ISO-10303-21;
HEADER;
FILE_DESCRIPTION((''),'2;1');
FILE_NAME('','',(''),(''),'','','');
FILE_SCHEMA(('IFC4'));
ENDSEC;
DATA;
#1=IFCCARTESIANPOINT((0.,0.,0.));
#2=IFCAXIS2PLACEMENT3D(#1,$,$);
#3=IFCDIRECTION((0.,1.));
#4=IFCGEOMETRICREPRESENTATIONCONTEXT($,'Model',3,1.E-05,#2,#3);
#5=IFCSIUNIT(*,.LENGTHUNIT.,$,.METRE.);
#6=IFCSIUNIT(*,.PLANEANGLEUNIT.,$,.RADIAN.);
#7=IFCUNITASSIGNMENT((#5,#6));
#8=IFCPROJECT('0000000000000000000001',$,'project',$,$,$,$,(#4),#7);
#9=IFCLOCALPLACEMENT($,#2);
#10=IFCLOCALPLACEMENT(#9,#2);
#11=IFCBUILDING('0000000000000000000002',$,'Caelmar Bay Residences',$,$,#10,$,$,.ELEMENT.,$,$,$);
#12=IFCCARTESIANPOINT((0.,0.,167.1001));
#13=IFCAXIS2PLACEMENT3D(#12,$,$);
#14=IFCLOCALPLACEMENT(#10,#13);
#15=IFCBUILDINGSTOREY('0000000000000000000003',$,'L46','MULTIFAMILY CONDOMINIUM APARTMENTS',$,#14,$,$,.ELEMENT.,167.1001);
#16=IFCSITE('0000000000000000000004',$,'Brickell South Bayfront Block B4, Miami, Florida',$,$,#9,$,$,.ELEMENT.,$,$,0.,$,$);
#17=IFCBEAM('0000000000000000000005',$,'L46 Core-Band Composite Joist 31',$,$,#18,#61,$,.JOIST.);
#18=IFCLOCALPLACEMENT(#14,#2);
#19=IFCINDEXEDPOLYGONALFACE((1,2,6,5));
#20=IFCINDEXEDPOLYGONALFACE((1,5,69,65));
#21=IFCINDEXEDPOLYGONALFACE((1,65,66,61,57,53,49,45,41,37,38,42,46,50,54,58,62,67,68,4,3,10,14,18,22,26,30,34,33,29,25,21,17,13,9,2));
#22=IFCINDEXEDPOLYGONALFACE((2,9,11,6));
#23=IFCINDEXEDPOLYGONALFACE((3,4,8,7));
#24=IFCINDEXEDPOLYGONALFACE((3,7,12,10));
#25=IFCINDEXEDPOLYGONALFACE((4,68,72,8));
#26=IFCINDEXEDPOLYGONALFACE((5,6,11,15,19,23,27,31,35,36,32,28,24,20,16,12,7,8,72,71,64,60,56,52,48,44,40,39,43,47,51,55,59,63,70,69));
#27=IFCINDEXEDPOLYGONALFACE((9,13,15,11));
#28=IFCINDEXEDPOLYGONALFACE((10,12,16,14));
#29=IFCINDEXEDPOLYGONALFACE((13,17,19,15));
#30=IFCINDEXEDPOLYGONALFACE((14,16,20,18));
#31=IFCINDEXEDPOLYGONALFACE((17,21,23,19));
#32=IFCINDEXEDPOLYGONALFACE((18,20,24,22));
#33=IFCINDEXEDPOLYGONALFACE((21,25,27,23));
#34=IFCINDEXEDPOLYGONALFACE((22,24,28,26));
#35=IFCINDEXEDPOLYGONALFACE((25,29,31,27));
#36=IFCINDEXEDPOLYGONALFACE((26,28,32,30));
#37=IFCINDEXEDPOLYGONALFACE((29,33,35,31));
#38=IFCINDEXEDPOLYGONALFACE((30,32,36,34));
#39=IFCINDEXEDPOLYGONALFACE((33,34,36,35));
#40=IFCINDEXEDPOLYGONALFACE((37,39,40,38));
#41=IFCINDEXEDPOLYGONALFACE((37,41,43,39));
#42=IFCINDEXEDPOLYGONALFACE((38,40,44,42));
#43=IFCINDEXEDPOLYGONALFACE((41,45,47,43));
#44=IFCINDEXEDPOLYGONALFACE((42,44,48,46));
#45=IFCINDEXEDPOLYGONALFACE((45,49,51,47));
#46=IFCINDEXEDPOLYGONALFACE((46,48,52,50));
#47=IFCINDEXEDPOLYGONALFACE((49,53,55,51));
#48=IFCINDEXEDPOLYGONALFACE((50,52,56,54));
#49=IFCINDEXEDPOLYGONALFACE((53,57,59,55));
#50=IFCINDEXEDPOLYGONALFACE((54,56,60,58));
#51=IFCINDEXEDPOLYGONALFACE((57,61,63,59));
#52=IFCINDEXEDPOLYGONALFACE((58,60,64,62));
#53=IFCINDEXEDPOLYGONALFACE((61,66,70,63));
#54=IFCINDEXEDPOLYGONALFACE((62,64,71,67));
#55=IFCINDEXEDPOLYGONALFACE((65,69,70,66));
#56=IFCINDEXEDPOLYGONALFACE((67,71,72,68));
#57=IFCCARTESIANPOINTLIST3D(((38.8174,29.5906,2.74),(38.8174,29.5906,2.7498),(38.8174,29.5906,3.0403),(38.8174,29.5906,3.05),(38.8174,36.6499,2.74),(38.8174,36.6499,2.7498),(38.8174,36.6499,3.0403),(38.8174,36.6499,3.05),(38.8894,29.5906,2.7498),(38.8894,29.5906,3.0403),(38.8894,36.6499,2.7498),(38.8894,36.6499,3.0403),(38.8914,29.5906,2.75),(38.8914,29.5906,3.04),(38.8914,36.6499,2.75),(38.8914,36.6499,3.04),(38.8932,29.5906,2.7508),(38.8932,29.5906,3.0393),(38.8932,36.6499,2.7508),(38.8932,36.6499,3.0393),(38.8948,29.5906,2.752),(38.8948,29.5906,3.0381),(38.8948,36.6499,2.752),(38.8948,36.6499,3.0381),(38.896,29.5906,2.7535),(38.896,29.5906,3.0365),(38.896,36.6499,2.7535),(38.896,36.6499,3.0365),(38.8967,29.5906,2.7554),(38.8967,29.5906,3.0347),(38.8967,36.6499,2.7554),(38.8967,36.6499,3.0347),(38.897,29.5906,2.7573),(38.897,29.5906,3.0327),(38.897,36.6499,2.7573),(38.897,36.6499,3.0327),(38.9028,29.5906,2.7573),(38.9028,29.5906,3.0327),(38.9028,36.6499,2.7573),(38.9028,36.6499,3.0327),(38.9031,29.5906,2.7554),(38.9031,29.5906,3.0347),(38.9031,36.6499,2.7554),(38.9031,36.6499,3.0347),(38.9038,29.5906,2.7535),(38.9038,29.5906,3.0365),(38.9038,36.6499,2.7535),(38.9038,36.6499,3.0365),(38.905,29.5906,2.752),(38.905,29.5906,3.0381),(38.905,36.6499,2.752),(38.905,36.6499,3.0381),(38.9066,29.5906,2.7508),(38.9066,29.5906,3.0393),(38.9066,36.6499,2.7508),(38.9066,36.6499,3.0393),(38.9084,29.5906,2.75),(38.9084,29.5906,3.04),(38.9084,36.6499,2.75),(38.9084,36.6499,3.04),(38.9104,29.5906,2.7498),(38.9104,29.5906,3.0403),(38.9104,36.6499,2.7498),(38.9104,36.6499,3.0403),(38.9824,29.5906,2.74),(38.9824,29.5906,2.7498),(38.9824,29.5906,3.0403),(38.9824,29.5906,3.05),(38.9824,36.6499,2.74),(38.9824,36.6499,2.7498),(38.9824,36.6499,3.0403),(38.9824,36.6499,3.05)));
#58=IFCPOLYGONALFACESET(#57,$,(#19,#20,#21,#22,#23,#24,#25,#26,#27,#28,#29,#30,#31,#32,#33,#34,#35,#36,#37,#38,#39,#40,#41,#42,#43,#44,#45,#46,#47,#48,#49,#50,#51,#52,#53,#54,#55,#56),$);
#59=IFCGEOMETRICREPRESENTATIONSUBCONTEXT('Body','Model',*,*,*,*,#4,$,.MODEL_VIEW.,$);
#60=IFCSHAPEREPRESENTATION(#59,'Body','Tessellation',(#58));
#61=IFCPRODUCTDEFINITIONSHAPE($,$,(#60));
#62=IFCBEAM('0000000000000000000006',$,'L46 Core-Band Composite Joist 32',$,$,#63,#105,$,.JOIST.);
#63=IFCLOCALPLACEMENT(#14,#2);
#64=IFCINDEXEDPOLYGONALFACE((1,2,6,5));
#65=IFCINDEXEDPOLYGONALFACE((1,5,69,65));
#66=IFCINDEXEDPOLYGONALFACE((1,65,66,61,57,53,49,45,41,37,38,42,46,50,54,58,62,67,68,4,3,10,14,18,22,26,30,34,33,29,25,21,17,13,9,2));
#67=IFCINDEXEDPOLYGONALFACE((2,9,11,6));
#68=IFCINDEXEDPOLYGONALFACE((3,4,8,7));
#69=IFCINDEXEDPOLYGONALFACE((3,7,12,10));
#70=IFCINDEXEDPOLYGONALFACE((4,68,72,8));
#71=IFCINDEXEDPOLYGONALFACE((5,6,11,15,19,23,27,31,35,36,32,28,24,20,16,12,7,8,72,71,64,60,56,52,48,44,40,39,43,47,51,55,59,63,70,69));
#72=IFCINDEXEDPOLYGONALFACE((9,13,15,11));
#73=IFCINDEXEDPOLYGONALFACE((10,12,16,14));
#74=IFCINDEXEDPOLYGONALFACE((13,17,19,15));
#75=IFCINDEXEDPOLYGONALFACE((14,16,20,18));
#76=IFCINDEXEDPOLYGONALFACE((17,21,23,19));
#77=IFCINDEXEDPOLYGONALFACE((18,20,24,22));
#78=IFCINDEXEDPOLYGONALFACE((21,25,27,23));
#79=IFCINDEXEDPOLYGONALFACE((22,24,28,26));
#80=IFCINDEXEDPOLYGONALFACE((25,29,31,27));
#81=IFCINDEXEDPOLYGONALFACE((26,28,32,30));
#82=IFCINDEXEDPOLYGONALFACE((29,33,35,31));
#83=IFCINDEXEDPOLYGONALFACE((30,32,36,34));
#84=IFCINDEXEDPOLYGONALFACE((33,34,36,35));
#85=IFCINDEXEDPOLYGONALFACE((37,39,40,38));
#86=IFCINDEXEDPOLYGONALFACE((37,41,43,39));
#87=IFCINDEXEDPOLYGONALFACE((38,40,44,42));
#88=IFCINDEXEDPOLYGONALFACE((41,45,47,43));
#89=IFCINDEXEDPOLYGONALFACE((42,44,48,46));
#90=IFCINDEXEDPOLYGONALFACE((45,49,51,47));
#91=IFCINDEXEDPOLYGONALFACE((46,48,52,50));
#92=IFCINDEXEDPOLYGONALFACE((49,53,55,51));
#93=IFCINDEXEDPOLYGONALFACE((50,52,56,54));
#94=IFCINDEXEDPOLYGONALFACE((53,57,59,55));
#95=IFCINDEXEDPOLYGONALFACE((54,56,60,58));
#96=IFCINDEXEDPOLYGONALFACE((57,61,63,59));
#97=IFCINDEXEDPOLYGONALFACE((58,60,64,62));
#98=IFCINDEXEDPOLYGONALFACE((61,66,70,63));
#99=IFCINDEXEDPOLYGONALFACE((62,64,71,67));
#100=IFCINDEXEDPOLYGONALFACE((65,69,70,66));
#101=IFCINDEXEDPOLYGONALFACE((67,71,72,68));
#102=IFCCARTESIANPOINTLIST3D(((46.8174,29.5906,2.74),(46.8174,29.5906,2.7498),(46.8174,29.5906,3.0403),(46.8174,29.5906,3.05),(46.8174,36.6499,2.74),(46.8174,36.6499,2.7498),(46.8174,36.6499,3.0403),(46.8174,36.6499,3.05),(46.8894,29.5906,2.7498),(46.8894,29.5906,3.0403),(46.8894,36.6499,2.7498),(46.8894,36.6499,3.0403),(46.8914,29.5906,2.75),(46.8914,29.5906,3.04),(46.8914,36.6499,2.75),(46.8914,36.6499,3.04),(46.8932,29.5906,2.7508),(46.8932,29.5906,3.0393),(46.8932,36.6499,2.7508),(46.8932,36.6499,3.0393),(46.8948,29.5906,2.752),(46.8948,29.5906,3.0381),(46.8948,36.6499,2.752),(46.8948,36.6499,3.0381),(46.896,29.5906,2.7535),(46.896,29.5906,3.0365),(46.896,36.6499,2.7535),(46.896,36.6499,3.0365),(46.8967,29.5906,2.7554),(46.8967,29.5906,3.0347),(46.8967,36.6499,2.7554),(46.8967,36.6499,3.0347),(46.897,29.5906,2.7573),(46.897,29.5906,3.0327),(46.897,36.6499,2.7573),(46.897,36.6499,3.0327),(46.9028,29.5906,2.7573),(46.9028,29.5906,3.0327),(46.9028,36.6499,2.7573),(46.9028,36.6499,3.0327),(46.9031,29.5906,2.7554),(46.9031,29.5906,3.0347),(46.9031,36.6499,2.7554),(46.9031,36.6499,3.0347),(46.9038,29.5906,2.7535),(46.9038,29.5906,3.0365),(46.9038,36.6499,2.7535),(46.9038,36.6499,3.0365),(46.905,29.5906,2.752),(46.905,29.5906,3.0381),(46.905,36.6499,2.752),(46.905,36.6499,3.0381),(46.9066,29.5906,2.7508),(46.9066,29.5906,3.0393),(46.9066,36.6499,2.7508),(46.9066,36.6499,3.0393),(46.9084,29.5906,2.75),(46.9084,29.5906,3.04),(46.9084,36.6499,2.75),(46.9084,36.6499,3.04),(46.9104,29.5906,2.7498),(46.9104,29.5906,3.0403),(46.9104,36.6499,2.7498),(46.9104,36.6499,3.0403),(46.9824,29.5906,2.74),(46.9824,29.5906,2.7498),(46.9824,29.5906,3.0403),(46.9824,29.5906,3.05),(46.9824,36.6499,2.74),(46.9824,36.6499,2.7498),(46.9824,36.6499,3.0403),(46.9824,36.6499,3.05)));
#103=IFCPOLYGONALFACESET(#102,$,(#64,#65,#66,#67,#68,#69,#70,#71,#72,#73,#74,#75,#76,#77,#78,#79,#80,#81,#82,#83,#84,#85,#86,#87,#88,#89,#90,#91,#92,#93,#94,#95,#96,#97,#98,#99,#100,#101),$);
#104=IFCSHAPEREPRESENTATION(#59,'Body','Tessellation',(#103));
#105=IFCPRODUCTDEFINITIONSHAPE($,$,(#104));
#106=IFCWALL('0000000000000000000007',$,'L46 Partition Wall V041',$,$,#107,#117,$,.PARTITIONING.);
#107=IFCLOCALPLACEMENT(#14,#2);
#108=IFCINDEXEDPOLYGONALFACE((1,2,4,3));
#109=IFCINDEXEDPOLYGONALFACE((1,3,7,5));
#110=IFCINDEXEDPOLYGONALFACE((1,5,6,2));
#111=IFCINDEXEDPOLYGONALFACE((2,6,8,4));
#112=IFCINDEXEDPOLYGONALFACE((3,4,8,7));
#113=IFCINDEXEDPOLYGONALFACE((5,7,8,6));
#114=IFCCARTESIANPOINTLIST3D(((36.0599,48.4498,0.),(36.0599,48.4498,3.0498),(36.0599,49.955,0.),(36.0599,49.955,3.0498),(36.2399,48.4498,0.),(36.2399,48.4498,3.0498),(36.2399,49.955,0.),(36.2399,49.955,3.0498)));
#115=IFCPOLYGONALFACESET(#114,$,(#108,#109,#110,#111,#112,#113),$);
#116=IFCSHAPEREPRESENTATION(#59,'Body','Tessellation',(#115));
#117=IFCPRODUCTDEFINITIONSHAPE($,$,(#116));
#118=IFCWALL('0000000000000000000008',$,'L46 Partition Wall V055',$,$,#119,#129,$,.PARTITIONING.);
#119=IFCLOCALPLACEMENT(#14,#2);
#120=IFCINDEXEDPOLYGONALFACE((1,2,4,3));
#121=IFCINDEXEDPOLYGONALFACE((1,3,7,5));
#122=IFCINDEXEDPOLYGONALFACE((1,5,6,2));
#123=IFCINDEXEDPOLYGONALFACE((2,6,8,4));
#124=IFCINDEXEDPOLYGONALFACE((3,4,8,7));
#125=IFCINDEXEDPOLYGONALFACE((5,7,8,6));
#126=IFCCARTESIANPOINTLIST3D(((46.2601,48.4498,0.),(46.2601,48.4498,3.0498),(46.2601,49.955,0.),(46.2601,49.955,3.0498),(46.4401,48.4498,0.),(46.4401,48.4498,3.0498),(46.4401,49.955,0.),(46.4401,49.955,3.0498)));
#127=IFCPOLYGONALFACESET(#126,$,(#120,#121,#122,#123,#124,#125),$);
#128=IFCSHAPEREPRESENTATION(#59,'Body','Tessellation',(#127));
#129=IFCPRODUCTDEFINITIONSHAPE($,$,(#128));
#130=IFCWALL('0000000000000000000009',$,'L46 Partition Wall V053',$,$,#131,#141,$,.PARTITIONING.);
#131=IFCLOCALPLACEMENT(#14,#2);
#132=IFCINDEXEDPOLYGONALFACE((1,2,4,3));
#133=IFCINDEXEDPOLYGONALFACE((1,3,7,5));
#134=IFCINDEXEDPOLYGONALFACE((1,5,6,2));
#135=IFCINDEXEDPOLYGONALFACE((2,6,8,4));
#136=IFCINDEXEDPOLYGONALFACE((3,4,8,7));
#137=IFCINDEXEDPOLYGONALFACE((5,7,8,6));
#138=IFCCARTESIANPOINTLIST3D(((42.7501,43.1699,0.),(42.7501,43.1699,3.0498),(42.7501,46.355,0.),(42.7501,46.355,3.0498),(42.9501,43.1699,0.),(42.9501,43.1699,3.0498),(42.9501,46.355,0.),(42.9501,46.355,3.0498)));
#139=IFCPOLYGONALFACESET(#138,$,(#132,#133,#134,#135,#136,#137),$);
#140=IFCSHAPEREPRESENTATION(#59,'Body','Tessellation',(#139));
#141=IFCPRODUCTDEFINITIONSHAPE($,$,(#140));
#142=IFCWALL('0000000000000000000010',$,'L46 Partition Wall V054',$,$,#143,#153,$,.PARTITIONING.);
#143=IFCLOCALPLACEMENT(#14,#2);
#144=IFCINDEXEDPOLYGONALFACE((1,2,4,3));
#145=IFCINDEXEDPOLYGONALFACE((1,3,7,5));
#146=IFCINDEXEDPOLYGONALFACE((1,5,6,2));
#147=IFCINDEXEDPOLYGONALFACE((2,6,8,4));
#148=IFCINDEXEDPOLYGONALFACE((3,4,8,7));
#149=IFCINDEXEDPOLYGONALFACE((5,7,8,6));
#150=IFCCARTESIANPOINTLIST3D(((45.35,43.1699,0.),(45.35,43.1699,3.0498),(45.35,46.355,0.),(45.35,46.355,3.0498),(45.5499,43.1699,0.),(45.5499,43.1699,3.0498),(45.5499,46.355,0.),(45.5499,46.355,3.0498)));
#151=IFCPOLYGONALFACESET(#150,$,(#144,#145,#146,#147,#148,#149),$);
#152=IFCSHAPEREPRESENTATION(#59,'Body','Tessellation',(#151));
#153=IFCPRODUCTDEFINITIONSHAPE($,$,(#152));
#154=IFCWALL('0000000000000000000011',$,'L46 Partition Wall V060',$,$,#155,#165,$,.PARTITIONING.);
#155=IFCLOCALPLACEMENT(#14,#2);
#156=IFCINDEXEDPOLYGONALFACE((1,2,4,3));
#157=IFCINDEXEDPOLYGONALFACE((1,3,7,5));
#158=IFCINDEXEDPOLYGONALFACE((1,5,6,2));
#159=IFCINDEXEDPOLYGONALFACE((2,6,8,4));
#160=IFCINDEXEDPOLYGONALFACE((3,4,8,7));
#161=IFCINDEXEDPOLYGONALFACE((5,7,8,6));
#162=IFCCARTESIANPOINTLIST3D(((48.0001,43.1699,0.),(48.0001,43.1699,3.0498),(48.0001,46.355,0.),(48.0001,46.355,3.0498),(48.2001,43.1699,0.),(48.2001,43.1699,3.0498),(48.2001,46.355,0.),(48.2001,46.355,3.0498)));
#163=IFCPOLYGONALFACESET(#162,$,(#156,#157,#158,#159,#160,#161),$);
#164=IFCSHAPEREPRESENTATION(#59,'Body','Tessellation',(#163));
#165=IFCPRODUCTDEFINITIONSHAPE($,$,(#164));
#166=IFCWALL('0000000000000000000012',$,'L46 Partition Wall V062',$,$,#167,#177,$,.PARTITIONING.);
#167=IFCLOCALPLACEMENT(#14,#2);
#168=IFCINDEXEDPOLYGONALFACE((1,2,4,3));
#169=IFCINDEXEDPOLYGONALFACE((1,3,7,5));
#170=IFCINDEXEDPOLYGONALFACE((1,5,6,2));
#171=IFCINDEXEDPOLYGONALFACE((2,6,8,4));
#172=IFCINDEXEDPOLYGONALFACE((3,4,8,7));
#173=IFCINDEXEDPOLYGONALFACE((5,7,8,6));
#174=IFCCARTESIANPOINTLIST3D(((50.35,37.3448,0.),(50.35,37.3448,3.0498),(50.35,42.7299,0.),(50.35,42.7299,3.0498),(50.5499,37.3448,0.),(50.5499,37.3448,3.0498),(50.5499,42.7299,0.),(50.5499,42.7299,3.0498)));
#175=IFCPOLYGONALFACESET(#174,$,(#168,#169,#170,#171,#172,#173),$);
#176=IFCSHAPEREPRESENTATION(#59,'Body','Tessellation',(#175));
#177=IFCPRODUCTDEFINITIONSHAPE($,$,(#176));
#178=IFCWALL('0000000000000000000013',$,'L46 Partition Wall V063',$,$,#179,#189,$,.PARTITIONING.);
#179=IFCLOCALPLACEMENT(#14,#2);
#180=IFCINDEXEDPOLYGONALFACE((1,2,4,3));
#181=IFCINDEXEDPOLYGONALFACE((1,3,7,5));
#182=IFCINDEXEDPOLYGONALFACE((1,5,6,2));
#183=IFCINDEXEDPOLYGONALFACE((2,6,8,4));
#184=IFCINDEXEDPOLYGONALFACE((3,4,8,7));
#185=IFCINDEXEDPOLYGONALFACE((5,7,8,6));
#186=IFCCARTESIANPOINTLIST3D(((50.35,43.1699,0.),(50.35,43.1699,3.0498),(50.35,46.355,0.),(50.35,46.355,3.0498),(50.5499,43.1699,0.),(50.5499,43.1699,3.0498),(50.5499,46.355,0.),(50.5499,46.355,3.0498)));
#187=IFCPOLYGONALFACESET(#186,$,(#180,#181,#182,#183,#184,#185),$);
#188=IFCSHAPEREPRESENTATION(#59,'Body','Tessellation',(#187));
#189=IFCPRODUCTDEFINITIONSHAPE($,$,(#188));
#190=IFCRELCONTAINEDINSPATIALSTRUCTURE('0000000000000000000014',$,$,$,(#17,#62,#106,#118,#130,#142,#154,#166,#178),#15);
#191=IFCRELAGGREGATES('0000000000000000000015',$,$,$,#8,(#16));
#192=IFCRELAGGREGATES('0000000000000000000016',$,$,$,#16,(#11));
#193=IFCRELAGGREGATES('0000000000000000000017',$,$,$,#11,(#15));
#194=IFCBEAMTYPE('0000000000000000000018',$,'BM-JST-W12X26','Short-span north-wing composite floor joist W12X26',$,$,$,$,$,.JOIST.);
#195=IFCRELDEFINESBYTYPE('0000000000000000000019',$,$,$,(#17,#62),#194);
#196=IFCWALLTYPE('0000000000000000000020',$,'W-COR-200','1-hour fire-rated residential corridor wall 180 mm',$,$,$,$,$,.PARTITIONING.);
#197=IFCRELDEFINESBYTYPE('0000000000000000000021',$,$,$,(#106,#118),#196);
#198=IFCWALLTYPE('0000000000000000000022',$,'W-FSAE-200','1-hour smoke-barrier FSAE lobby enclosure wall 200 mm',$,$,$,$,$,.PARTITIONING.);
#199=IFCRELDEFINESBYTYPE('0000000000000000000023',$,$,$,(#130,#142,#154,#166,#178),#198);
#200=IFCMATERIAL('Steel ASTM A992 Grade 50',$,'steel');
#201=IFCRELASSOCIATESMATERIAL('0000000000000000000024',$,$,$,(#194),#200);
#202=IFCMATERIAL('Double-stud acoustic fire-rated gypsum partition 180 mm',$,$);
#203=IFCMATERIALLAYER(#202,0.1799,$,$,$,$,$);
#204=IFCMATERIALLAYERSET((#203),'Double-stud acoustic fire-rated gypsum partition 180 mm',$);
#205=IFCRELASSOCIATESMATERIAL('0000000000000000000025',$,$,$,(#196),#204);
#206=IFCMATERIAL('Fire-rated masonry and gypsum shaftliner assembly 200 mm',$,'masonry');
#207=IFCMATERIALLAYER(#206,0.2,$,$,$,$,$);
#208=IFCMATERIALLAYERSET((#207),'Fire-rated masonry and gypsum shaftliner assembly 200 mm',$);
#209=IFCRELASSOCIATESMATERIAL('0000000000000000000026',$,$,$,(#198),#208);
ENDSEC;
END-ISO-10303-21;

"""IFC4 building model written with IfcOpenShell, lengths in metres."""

from ifc_helpers import new_model, si_unit, direction, frame, frame_2d, origin, origin_2d, place, context, subcontext, project, spatial, rectangle, i_section, extrude, material, layer, layer_set, material_profile, profile_set, type_object, element, save


model = new_model("IFC4")

# Units and contexts
model_context = context("Model", 3, precision=1e-05, world=origin(), true_north=direction((0.0, 1.0)))
body_context = subcontext(model_context, "Body", "Model", "MODEL_VIEW")
ifc_project = project(units=[si_unit("LENGTHUNIT", "METRE"), si_unit("PLANEANGLEUNIT", "RADIAN")], contexts=[model_context])

# Site, building, storey
site_placement = place(None, origin())
site = spatial("IfcSite", under=ifc_project, at=site_placement, Name="Brickell South Bayfront Block B4, Miami, Florida", CompositionType="ELEMENT", RefElevation=0.0)
building_placement = place(site_placement, origin())
building = spatial("IfcBuilding", under=site, at=building_placement, Name="Caelmar Bay Residences", CompositionType="ELEMENT")
storey_placement = place(building_placement, frame((0.0, 0.0, 167.1001)))
storey = spatial("IfcBuildingStorey", under=building, at=storey_placement, Name="L46", Description="MULTIFAMILY CONDOMINIUM APARTMENTS", CompositionType="ELEMENT", Elevation=167.1001)

# Beams
ifc_material_1 = material(Name="Steel ASTM A992 Grade 50", Category="steel")
ifc_material_profile_1 = material_profile(ifc_material_1, i_section(OverallWidth=0.165, OverallDepth=0.3101, WebThickness=0.0059, FlangeThickness=0.0098, FilletRadius=0.0076, at=origin_2d()), Name="W12X26")
ifc_profile_set_1 = profile_set([ifc_material_profile_1], Name="Steel ASTM A992 Grade 50")
beam_type_1 = type_object("IfcBeamType", Name="BM-JST-W12X26", Description="Short-span north-wing composite floor joist W12X26", PredefinedType="JOIST", material=ifc_profile_set_1)
for number, where, z_axis, x_axis, name in (
    (1, (38.8999, 29.5906, 2.895), (0.0, 1.0, 0.0), (-1.0, 0.0, 0.0), "L46 Core-Band Composite Joist 31"),
    (2, (46.8999, 29.5906, 2.895), (0.0, 1.0, 0.0), (-1.0, 0.0, 0.0), "L46 Core-Band Composite Joist 32"),
):
    element("IfcBeam", number, at=place(storey_placement, frame(where, z_axis=z_axis, x_axis=x_axis)), inside=storey, type_object=beam_type_1, Name=name, PredefinedType="JOIST", context=body_context, shape_type="SweptSolid", body=[
        extrude(i_section(OverallWidth=0.165, OverallDepth=0.3101, WebThickness=0.0059, FlangeThickness=0.0098, FilletRadius=0.0076, at=origin_2d()), origin(), (0.0, 0.0, 1.0), 7.0593),
    ])

# Walls
ifc_material_2 = material(Name="Double-stud acoustic fire-rated gypsum partition 180 mm")
ifc_layer_1 = layer(ifc_material_2, 0.1799)
ifc_layer_set_1 = layer_set([ifc_layer_1], Name="Double-stud acoustic fire-rated gypsum partition 180 mm")
wall_type_1 = type_object("IfcWallType", Name="W-COR-200", Description="1-hour fire-rated residential corridor wall 180 mm", PredefinedType="PARTITIONING", material=ifc_layer_set_1)
for number, where, z_axis, x_axis, name in (
    (3, (36.1499, 48.45, 0.0), (0.0, 0.0, 1.0), (0.0, 1.0, 0.0), "L46 Partition Wall V041"),
    (4, (46.3501, 48.45, 0.0), (0.0, 0.0, 1.0), (0.0, 1.0, 0.0), "L46 Partition Wall V055"),
):
    element("IfcWall", number, at=place(storey_placement, frame(where, z_axis=z_axis, x_axis=x_axis)), inside=storey, type_object=wall_type_1, Name=name, PredefinedType="PARTITIONING", context=body_context, shape_type="SweptSolid", body=[
        extrude(rectangle(XDim=1.5051, YDim=0.1799, at=frame_2d((0.7524, 0.0))), origin(), (0.0, 0.0, 1.0), 3.0498),
    ])
ifc_material_3 = material(Name="Fire-rated masonry and gypsum shaftliner assembly 200 mm", Category="masonry")
ifc_layer_2 = layer(ifc_material_3, 0.2)
ifc_layer_set_2 = layer_set([ifc_layer_2], Name="Fire-rated masonry and gypsum shaftliner assembly 200 mm")
wall_type_2 = type_object("IfcWallType", Name="W-FSAE-200", Description="1-hour smoke-barrier FSAE lobby enclosure wall 200 mm", PredefinedType="PARTITIONING", material=ifc_layer_set_2)
for number, where, z_axis, x_axis, name in (
    (5, (42.8501, 43.1699, 0.0), (0.0, 0.0, 1.0), (0.0, 1.0, 0.0), "L46 Partition Wall V053"),
    (6, (45.45, 43.1699, 0.0), (0.0, 0.0, 1.0), (0.0, 1.0, 0.0), "L46 Partition Wall V054"),
    (7, (48.1001, 43.1699, 0.0), (0.0, 0.0, 1.0), (0.0, 1.0, 0.0), "L46 Partition Wall V060"),
):
    element("IfcWall", number, at=place(storey_placement, frame(where, z_axis=z_axis, x_axis=x_axis)), inside=storey, type_object=wall_type_2, Name=name, PredefinedType="PARTITIONING", context=body_context, shape_type="SweptSolid", body=[
        extrude(rectangle(XDim=3.1851, YDim=0.2, at=frame_2d((1.5925, 0.0))), origin(), (0.0, 0.0, 1.0), 3.0498),
    ])
wall_1_placement = place(storey_placement, frame((50.45, 37.345, 0.0), z_axis=(0.0, 0.0, 1.0), x_axis=(0.0, 1.0, 0.0)))
element("IfcWall", 8, at=wall_1_placement, inside=storey, type_object=wall_type_2, Name="L46 Partition Wall V062", PredefinedType="PARTITIONING", context=body_context, shape_type="SweptSolid", body=[
    extrude(rectangle(XDim=5.385, YDim=0.2, at=frame_2d((2.6924, 0.0))), origin(), (0.0, 0.0, 1.0), 3.0498),
])
wall_2_placement = place(storey_placement, frame((50.45, 43.1699, 0.0), z_axis=(0.0, 0.0, 1.0), x_axis=(0.0, 1.0, 0.0)))
element("IfcWall", 9, at=wall_2_placement, inside=storey, type_object=wall_type_2, Name="L46 Partition Wall V063", PredefinedType="PARTITIONING", context=body_context, shape_type="SweptSolid", body=[
    extrude(rectangle(XDim=3.1851, YDim=0.2, at=frame_2d((1.5925, 0.0))), origin(), (0.0, 0.0, 1.0), 3.0498),
])

save(model, "model.ifc")
